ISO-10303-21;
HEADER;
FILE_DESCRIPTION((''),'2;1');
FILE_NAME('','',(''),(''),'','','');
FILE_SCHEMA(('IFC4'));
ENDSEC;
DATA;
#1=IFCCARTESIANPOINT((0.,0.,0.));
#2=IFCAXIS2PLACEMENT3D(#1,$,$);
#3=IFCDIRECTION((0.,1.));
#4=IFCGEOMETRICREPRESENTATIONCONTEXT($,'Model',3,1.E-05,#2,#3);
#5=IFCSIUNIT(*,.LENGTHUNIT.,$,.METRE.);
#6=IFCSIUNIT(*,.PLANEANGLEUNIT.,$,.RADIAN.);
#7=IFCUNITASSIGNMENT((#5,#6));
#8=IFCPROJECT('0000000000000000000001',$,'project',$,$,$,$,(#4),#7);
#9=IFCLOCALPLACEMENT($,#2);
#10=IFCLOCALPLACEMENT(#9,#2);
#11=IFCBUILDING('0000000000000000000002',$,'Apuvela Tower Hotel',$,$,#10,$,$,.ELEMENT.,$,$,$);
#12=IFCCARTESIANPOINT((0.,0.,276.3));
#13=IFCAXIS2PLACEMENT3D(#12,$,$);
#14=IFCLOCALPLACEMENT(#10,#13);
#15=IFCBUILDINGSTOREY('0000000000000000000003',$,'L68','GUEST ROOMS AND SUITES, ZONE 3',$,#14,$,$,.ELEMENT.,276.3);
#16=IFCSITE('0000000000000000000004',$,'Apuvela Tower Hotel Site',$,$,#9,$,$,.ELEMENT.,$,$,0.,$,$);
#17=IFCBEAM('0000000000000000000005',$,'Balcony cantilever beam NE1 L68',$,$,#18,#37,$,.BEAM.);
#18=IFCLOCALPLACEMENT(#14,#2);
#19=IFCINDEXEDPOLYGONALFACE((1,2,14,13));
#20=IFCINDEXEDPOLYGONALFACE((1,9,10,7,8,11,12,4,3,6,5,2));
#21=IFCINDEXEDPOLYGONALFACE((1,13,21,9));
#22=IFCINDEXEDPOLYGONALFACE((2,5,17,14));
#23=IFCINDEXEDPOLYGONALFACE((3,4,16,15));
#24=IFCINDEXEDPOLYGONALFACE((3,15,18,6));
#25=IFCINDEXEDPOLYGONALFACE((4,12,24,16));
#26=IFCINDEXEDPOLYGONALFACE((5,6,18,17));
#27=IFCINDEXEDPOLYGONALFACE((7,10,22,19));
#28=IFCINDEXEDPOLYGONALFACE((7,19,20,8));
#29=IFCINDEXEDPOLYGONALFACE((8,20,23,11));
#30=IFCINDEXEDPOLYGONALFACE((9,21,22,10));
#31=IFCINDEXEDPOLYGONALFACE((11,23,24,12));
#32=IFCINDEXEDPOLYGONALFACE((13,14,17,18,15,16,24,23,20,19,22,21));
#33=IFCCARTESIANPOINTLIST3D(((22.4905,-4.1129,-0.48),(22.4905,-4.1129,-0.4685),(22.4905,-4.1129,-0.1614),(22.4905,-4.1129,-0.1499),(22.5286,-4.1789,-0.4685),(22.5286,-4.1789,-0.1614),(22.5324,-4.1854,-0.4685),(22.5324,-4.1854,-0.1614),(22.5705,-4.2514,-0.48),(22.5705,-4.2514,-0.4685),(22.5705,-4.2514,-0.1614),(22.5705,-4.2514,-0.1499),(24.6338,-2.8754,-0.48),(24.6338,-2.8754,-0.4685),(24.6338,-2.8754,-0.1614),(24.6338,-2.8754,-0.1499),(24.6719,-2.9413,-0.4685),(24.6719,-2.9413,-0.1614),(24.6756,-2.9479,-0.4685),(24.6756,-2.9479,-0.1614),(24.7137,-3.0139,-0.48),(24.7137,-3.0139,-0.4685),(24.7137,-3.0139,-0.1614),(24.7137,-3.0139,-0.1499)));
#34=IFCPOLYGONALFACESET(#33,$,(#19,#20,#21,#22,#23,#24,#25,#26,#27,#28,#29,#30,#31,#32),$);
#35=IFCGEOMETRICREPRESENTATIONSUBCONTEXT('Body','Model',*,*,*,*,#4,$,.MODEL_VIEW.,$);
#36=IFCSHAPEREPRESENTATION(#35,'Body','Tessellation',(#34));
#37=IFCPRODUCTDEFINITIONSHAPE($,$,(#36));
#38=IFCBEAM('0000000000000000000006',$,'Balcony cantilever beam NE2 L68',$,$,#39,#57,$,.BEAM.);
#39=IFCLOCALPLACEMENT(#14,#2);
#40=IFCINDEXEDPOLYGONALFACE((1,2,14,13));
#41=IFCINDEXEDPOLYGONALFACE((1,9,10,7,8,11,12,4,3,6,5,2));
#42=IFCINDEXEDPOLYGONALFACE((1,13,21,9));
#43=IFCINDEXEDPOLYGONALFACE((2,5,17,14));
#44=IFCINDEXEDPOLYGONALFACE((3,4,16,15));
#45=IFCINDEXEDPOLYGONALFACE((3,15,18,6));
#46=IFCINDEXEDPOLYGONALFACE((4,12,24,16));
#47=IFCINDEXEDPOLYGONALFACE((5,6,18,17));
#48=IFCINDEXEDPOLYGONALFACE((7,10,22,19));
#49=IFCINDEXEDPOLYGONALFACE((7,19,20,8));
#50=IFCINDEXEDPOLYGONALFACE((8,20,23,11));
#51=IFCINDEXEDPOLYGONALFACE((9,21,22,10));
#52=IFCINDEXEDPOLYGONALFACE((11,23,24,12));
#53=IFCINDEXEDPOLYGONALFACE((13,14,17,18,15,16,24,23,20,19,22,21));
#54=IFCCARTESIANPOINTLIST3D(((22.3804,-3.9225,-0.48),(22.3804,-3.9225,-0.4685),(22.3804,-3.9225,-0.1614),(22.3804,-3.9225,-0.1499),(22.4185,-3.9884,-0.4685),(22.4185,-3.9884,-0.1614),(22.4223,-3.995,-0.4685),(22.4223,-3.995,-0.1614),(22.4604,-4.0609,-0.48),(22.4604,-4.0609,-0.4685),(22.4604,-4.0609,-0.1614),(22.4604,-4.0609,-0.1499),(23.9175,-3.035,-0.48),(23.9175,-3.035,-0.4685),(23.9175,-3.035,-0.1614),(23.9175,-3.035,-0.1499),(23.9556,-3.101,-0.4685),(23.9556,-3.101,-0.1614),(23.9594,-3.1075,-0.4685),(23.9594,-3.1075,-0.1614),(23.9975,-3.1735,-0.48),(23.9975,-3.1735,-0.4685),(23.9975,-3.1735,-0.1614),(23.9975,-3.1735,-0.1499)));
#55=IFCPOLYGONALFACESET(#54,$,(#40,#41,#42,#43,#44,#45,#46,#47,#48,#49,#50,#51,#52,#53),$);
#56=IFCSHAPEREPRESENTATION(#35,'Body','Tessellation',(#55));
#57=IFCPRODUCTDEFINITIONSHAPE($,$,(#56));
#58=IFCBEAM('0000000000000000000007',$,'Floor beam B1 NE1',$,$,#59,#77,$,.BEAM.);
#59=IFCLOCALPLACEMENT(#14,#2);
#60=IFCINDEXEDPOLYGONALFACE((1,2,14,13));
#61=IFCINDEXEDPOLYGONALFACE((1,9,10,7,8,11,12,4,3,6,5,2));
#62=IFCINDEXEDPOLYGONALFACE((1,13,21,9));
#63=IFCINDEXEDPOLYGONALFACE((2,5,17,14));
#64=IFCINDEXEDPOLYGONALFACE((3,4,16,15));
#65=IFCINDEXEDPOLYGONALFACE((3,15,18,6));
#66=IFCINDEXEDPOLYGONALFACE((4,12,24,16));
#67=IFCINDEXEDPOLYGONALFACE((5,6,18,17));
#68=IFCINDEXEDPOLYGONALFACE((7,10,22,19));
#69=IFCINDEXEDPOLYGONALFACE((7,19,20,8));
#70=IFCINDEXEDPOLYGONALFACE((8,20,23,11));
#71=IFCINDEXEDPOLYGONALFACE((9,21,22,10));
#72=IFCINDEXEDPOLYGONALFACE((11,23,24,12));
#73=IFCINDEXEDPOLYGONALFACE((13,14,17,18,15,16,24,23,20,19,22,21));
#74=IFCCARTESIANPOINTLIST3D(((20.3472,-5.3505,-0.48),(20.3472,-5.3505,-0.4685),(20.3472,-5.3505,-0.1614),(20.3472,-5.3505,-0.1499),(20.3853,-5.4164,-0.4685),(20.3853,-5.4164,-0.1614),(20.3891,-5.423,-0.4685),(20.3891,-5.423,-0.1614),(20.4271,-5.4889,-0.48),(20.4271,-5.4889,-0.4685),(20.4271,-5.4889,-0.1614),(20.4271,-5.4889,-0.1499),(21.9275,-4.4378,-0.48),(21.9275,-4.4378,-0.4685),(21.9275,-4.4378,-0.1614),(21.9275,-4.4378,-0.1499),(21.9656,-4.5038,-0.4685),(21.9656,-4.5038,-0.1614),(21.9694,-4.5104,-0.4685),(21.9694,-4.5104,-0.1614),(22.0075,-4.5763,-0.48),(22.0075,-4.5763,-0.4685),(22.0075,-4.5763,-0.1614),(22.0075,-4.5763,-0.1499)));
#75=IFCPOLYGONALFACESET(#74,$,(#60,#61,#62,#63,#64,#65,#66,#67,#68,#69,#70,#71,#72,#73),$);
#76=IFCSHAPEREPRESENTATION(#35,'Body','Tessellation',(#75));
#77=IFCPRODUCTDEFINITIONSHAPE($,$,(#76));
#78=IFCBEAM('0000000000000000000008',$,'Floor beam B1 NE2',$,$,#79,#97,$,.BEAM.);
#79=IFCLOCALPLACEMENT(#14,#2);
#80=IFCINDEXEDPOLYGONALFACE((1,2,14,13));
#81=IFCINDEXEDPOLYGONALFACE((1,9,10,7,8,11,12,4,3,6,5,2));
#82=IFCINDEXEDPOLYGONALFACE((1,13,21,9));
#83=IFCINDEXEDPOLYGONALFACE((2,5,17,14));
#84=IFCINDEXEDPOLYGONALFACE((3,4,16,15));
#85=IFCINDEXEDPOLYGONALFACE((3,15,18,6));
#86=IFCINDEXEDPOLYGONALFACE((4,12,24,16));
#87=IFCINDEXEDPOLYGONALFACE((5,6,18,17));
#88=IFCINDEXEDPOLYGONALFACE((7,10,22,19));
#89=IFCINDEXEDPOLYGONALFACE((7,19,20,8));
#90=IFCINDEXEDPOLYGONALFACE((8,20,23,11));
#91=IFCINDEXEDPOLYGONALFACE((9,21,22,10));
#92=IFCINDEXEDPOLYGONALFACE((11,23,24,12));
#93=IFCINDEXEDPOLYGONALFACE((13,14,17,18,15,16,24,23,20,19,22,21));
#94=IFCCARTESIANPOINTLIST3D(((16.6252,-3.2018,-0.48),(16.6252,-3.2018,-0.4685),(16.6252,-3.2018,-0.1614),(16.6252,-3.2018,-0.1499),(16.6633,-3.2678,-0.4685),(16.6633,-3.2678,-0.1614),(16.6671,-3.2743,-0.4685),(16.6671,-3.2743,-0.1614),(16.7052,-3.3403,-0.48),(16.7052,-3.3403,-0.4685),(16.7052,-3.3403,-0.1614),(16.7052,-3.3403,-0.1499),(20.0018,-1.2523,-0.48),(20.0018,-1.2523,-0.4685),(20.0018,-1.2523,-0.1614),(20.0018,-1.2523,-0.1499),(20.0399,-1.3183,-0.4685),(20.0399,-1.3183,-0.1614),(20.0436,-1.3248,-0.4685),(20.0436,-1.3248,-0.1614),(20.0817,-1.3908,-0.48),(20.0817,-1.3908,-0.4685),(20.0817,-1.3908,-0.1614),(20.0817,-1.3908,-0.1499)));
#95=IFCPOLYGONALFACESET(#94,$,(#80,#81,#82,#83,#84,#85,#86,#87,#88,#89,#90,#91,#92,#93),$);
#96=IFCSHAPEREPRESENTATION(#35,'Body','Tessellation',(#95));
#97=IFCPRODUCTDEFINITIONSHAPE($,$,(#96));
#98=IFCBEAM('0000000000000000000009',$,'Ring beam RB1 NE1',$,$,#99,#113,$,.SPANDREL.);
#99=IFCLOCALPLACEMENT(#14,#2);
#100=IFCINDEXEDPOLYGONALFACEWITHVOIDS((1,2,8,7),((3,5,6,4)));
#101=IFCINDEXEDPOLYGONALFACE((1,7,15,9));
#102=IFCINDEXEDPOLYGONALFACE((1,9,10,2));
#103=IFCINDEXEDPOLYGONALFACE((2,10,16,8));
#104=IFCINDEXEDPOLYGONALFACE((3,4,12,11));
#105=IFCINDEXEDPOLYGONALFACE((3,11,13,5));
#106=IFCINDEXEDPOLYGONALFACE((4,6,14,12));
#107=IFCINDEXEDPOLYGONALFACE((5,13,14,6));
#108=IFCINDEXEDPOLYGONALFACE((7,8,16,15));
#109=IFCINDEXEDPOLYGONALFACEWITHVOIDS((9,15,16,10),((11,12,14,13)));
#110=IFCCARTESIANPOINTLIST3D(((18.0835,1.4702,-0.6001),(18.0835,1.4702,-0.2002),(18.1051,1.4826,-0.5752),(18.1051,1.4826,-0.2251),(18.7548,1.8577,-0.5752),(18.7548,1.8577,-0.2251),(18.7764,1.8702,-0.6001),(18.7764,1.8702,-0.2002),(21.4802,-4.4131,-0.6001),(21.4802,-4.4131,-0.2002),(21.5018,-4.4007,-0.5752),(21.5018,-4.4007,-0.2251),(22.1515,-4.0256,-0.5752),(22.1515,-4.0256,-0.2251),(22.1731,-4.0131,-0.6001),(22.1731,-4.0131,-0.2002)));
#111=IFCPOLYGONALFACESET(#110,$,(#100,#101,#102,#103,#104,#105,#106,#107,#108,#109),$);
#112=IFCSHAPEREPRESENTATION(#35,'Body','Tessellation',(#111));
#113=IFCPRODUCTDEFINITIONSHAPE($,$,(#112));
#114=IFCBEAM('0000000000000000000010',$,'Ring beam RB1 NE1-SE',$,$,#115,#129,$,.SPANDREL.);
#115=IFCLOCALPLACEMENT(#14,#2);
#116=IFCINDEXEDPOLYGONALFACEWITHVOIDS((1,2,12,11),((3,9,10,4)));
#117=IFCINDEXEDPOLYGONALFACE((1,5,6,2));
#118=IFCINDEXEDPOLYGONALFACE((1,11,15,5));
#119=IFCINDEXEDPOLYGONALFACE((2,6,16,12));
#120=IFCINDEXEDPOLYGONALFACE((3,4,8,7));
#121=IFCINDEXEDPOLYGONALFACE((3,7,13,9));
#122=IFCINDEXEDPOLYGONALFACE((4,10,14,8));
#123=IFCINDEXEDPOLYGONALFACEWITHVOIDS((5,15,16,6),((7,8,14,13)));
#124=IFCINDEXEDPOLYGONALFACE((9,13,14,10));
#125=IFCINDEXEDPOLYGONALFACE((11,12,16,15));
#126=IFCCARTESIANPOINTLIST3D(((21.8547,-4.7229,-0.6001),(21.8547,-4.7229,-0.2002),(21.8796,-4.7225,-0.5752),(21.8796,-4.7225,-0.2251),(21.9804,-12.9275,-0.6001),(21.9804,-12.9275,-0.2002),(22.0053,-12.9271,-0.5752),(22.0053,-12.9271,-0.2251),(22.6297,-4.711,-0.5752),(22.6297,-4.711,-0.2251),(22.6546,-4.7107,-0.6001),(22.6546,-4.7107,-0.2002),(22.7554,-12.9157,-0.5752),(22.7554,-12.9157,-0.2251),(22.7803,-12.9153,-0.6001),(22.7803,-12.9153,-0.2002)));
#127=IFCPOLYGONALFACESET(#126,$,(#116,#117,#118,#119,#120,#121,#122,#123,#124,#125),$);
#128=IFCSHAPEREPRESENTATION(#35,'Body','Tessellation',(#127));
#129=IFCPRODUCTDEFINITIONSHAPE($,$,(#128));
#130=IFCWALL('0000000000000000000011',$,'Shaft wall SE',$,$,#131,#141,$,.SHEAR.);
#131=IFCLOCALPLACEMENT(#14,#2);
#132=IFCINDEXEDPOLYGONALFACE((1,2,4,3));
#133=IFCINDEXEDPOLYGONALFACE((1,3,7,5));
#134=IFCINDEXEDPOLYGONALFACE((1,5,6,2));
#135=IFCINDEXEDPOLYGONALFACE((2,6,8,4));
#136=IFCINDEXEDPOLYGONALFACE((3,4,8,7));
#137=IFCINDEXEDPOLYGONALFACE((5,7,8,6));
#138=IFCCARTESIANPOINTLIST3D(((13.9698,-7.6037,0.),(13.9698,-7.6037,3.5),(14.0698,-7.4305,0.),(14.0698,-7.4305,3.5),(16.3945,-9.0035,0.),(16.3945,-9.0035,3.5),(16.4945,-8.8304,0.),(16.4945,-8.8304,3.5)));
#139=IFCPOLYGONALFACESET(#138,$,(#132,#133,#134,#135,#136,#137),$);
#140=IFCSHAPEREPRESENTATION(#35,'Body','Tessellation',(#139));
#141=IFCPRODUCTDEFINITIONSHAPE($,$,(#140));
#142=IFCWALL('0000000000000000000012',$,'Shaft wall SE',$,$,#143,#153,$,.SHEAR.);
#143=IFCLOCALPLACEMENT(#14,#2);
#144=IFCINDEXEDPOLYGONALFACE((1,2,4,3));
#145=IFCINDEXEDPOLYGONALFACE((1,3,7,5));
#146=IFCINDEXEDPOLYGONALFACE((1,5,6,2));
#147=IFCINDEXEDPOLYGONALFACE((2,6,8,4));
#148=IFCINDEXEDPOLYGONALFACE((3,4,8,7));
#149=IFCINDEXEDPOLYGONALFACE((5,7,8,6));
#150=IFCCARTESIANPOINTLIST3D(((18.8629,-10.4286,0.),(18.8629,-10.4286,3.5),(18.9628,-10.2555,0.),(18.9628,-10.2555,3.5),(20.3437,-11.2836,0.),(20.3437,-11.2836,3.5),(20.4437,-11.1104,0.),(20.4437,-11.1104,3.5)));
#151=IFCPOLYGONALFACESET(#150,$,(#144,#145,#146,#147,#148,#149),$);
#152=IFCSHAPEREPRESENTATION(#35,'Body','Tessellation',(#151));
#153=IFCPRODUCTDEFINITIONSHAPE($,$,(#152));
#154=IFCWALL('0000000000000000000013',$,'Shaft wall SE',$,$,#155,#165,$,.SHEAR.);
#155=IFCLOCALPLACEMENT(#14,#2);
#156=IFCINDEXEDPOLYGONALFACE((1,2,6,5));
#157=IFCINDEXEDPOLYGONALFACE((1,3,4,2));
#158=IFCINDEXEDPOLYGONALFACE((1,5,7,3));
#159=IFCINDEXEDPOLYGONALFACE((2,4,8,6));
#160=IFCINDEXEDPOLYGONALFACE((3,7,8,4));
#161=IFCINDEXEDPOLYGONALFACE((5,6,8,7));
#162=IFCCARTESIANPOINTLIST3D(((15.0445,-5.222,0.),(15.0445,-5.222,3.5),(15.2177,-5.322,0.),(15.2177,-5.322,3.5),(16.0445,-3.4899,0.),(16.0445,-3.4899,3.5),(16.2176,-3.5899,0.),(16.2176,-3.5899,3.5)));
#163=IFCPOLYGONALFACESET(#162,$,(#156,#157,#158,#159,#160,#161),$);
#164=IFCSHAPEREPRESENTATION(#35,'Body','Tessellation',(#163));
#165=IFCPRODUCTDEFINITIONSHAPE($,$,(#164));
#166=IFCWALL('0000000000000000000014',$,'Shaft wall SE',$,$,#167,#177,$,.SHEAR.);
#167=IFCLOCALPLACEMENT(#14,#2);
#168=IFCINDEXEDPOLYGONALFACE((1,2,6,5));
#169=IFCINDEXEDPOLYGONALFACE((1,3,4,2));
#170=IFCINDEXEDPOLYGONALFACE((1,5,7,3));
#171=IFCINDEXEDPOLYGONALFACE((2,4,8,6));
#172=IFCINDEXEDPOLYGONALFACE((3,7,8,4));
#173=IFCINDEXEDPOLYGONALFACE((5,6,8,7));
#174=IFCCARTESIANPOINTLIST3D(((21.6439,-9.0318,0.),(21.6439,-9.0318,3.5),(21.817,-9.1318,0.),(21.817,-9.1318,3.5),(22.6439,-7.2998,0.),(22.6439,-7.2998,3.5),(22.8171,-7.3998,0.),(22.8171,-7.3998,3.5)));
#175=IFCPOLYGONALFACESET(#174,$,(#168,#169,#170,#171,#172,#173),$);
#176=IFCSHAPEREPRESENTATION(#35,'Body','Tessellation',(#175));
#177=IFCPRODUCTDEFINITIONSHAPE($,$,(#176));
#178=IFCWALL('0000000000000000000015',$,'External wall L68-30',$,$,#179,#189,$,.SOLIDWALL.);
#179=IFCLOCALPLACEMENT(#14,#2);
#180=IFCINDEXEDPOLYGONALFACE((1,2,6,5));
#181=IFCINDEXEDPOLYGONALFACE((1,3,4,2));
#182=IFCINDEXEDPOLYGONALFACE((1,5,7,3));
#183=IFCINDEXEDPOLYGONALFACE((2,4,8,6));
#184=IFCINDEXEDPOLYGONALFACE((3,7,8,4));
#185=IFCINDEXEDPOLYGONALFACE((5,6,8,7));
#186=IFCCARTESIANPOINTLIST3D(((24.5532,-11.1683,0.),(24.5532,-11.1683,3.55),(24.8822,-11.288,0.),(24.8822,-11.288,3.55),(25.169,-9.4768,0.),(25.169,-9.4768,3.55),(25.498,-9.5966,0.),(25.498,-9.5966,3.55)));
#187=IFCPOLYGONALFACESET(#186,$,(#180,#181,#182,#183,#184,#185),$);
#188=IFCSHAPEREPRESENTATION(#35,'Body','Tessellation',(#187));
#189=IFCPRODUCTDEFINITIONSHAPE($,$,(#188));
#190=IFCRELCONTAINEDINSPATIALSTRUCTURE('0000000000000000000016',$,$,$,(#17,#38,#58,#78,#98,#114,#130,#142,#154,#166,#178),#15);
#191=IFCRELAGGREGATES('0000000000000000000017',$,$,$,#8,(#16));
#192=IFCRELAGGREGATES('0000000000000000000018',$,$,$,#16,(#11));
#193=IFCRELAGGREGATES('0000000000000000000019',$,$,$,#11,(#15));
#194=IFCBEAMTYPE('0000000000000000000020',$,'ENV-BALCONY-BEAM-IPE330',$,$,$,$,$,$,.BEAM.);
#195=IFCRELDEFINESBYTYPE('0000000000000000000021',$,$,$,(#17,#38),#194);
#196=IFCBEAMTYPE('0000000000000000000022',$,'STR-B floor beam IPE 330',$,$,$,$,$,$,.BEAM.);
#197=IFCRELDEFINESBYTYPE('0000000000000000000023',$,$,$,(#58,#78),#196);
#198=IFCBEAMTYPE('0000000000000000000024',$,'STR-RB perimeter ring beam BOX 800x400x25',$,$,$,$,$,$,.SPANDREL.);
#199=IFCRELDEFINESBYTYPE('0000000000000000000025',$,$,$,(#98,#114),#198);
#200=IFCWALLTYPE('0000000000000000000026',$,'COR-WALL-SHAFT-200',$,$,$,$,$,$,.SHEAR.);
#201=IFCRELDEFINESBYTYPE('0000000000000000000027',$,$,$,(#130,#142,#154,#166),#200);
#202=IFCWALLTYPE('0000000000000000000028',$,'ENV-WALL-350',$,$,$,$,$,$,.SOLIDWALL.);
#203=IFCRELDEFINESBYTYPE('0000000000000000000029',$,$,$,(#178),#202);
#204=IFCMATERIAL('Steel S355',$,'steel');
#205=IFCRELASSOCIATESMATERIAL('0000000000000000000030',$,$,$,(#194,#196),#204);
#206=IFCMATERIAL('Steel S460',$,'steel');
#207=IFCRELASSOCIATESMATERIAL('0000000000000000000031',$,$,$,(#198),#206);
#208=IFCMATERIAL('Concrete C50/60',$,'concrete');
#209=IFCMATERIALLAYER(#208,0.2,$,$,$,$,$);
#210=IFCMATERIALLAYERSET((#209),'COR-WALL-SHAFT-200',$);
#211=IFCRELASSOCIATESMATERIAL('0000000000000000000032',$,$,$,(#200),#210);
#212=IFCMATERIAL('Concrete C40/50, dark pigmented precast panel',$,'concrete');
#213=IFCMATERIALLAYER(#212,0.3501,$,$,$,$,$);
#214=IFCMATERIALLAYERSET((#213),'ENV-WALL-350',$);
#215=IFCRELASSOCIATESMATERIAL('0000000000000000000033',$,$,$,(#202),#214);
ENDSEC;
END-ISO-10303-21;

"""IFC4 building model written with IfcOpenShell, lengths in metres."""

from ifc_helpers import new_model, si_unit, direction, frame, frame_2d, origin, origin_2d, place, context, subcontext, project, spatial, rectangle, hollow_rectangle, i_section, extrude, material, layer, layer_set, material_profile, profile_set, type_object, element, save


model = new_model("IFC4")

# Units and contexts
model_context = context("Model", 3, precision=1e-05, world=origin(), true_north=direction((0.0, 1.0)))
body_context = subcontext(model_context, "Body", "Model", "MODEL_VIEW")
ifc_project = project(units=[si_unit("LENGTHUNIT", "METRE"), si_unit("PLANEANGLEUNIT", "RADIAN")], contexts=[model_context])

# Site, building, storey
site_placement = place(None, origin())
site = spatial("IfcSite", under=ifc_project, at=site_placement, Name="Apuvela Tower Hotel Site", CompositionType="ELEMENT", RefElevation=0.0)
building_placement = place(site_placement, origin())
building = spatial("IfcBuilding", under=site, at=building_placement, Name="Apuvela Tower Hotel", CompositionType="ELEMENT")
storey_placement = place(building_placement, frame((0.0, 0.0, 276.3)))
storey = spatial("IfcBuildingStorey", under=building, at=storey_placement, Name="L68", Description="GUEST ROOMS AND SUITES, ZONE 3", CompositionType="ELEMENT", Elevation=276.3)

# Shared definitions
ifc_material_1 = material(Name="Steel S460", Category="steel")

# Beams
ifc_material_2 = material(Name="Steel S355", Category="steel")
ifc_material_profile_1 = material_profile(ifc_material_2, i_section(OverallWidth=0.1599, OverallDepth=0.3301, WebThickness=0.0076, FlangeThickness=0.0115, at=origin_2d()), Name="IPE 330")
ifc_profile_set_1 = profile_set([ifc_material_profile_1], Name="Steel S355")
beam_type_1 = type_object("IfcBeamType", Name="ENV-BALCONY-BEAM-IPE330", PredefinedType="BEAM", material=ifc_profile_set_1)
beam_1_placement = place(storey_placement, frame((22.5305, -4.1821, -0.3149), z_axis=(0.866007, 0.500033, 0.0), x_axis=(-0.500033, 0.866007, 0.0)))
element("IfcBeam", 1, at=beam_1_placement, inside=storey, type_object=beam_type_1, Name="Balcony cantilever beam NE1 L68", PredefinedType="BEAM", context=body_context, shape_type="SweptSolid", body=[
    extrude(i_section(OverallWidth=0.1599, OverallDepth=0.3301, WebThickness=0.0076, FlangeThickness=0.0115, at=origin_2d()), origin(), (0.0, 0.0, 1.0), 2.4749),
])
beam_2_placement = place(storey_placement, frame((22.4204, -3.9917, -0.3149), z_axis=(0.866025, 0.5, 0.0), x_axis=(-0.5, 0.866025, 0.0)))
element("IfcBeam", 2, at=beam_2_placement, inside=storey, type_object=beam_type_1, Name="Balcony cantilever beam NE2 L68", PredefinedType="BEAM", context=body_context, shape_type="SweptSolid", body=[
    extrude(i_section(OverallWidth=0.1599, OverallDepth=0.3301, WebThickness=0.0076, FlangeThickness=0.0115, at=origin_2d()), origin(), (0.0, 0.0, 1.0), 1.7749),
])
ifc_material_profile_2 = material_profile(ifc_material_2, i_section(OverallWidth=0.1599, OverallDepth=0.3301, WebThickness=0.0076, FlangeThickness=0.0115, at=origin_2d()), Name="IPE 330")
ifc_profile_set_2 = profile_set([ifc_material_profile_2], Name="Steel S355")
beam_type_2 = type_object("IfcBeamType", Name="STR-B floor beam IPE 330", PredefinedType="BEAM", material=ifc_profile_set_2)
beam_3_placement = place(storey_placement, frame((21.9675, -4.5071, -0.3149), z_axis=(-0.865978, -0.500081, 0.0), x_axis=(0.500081, -0.865978, 0.0)))
element("IfcBeam", 3, at=beam_3_placement, inside=storey, type_object=beam_type_2, Name="Floor beam B1 NE1", PredefinedType="BEAM", context=body_context, shape_type="SweptSolid", body=[
    extrude(i_section(OverallWidth=0.1599, OverallDepth=0.3301, WebThickness=0.0076, FlangeThickness=0.0115, at=origin_2d()), origin(), (0.0, 0.0, 1.0), 1.825),
])
beam_4_placement = place(storey_placement, frame((20.0417, -1.3215, -0.3149), z_axis=(-0.866019, -0.500012, 0.0), x_axis=(0.500012, -0.866019, 0.0)))
element("IfcBeam", 4, at=beam_4_placement, inside=storey, type_object=beam_type_2, Name="Floor beam B1 NE2", PredefinedType="BEAM", context=body_context, shape_type="SweptSolid", body=[
    extrude(i_section(OverallWidth=0.1599, OverallDepth=0.3301, WebThickness=0.0076, FlangeThickness=0.0115, at=origin_2d()), origin(), (0.0, 0.0, 1.0), 3.8989),
])
ifc_material_profile_3 = material_profile(ifc_material_1, hollow_rectangle(XDim=0.8, YDim=0.3999, WallThickness=0.0249, at=origin_2d()), Name="BOX 800x400x25")
ifc_profile_set_3 = profile_set([ifc_material_profile_3], Name="Steel S460")
beam_type_3 = type_object("IfcBeamType", Name="STR-RB perimeter ring beam BOX 800x400x25", PredefinedType="SPANDREL", material=ifc_profile_set_3)
beam_5_placement = place(storey_placement, frame((21.8267, -4.2131, -0.4001), z_axis=(-0.5, 0.866025, 0.0), x_axis=(-0.866025, -0.5, 0.0)))
element("IfcBeam", 5, at=beam_5_placement, inside=storey, type_object=beam_type_3, Name="Ring beam RB1 NE1", PredefinedType="SPANDREL", context=body_context, shape_type="SweptSolid", body=[
    extrude(hollow_rectangle(XDim=0.8, YDim=0.3999, WallThickness=0.0249, at=origin_2d()), origin(), (0.0, 0.0, 1.0), 6.7935),
])
beam_6_placement = place(storey_placement, frame((22.2546, -4.7168, -0.4001), z_axis=(0.015323, -0.999883, 0.0), x_axis=(0.999883, 0.015323, 0.0)))
element("IfcBeam", 6, at=beam_6_placement, inside=storey, type_object=beam_type_3, Name="Ring beam RB1 NE1-SE", PredefinedType="SPANDREL", context=body_context, shape_type="SweptSolid", body=[
    extrude(hollow_rectangle(XDim=0.8, YDim=0.3999, WallThickness=0.0249, at=origin_2d()), origin(), (0.0, 0.0, 1.0), 8.2056),
])

# Walls
ifc_material_3 = material(Name="Concrete C50/60", Category="concrete")
ifc_layer_1 = layer(ifc_material_3, 0.2)
ifc_layer_set_1 = layer_set([ifc_layer_1], Name="COR-WALL-SHAFT-200")
wall_type_1 = type_object("IfcWallType", Name="COR-WALL-SHAFT-200", PredefinedType="SHEAR", material=ifc_layer_set_1)
wall_1_placement = place(storey_placement, frame((14.0198, -7.5171, 0.0), z_axis=(0.0, 0.0, 1.0), x_axis=(0.866035, -0.499984, 0.0)))
element("IfcWall", 7, at=wall_1_placement, inside=storey, type_object=wall_type_1, Name="Shaft wall SE", PredefinedType="SHEAR", context=body_context, shape_type="SweptSolid", body=[
    extrude(rectangle(XDim=2.7998, YDim=0.2, at=frame_2d((1.3999, 0.0))), origin(), (0.0, 0.0, 1.0), 3.5),
])
wall_2_placement = place(storey_placement, frame((18.9128, -10.342, 0.0), z_axis=(0.0, 0.0, 1.0), x_axis=(0.866038, -0.499978, 0.0)))
element("IfcWall", 8, at=wall_2_placement, inside=storey, type_object=wall_type_1, Name="Shaft wall SE", PredefinedType="SHEAR", context=body_context, shape_type="SweptSolid", body=[
    extrude(rectangle(XDim=1.71, YDim=0.2, at=frame_2d((0.855, 0.0))), origin(), (0.0, 0.0, 1.0), 3.5),
])
for number, where, z_axis, x_axis, name in (
    (9, (15.1311, -5.272, 0.0), (0.0, 0.0, 1.0), (0.499973, 0.866041, 0.0), "Shaft wall SE"),
    (10, (21.7305, -9.0818, 0.0), (0.0, 0.0, 1.0), (0.500025, 0.866011, 0.0), "Shaft wall SE"),
):
    element("IfcWall", number, at=place(storey_placement, frame(where, z_axis=z_axis, x_axis=x_axis)), inside=storey, type_object=wall_type_1, Name=name, PredefinedType="SHEAR", context=body_context, shape_type="SweptSolid", body=[
        extrude(rectangle(XDim=2.0, YDim=0.2, at=frame_2d((1.0, 0.0))), origin(), (0.0, 0.0, 1.0), 3.5),
    ])
ifc_material_4 = material(Name="Concrete C40/50, dark pigmented precast panel", Category="concrete")
ifc_layer_2 = layer(ifc_material_4, 0.3501)
ifc_layer_set_2 = layer_set([ifc_layer_2], Name="ENV-WALL-350")
wall_type_2 = type_object("IfcWallType", Name="ENV-WALL-350", PredefinedType="SOLIDWALL", material=ifc_layer_set_2)
wall_3_placement = place(storey_placement, frame((24.7178, -11.228, 0.0), z_axis=(0.0, 0.0, 1.0), x_axis=(0.34207, 0.939675, 0.0)))
element("IfcWall", 11, at=wall_3_placement, inside=storey, type_object=wall_type_2, Name="External wall L68-30", PredefinedType="SOLIDWALL", context=body_context, shape_type="SweptSolid", body=[
    extrude(rectangle(XDim=1.8, YDim=0.3501, at=frame_2d((0.8999, 0.0))), origin(), (0.0, 0.0, 1.0), 3.55),
])

save(model, "model.ifc")
